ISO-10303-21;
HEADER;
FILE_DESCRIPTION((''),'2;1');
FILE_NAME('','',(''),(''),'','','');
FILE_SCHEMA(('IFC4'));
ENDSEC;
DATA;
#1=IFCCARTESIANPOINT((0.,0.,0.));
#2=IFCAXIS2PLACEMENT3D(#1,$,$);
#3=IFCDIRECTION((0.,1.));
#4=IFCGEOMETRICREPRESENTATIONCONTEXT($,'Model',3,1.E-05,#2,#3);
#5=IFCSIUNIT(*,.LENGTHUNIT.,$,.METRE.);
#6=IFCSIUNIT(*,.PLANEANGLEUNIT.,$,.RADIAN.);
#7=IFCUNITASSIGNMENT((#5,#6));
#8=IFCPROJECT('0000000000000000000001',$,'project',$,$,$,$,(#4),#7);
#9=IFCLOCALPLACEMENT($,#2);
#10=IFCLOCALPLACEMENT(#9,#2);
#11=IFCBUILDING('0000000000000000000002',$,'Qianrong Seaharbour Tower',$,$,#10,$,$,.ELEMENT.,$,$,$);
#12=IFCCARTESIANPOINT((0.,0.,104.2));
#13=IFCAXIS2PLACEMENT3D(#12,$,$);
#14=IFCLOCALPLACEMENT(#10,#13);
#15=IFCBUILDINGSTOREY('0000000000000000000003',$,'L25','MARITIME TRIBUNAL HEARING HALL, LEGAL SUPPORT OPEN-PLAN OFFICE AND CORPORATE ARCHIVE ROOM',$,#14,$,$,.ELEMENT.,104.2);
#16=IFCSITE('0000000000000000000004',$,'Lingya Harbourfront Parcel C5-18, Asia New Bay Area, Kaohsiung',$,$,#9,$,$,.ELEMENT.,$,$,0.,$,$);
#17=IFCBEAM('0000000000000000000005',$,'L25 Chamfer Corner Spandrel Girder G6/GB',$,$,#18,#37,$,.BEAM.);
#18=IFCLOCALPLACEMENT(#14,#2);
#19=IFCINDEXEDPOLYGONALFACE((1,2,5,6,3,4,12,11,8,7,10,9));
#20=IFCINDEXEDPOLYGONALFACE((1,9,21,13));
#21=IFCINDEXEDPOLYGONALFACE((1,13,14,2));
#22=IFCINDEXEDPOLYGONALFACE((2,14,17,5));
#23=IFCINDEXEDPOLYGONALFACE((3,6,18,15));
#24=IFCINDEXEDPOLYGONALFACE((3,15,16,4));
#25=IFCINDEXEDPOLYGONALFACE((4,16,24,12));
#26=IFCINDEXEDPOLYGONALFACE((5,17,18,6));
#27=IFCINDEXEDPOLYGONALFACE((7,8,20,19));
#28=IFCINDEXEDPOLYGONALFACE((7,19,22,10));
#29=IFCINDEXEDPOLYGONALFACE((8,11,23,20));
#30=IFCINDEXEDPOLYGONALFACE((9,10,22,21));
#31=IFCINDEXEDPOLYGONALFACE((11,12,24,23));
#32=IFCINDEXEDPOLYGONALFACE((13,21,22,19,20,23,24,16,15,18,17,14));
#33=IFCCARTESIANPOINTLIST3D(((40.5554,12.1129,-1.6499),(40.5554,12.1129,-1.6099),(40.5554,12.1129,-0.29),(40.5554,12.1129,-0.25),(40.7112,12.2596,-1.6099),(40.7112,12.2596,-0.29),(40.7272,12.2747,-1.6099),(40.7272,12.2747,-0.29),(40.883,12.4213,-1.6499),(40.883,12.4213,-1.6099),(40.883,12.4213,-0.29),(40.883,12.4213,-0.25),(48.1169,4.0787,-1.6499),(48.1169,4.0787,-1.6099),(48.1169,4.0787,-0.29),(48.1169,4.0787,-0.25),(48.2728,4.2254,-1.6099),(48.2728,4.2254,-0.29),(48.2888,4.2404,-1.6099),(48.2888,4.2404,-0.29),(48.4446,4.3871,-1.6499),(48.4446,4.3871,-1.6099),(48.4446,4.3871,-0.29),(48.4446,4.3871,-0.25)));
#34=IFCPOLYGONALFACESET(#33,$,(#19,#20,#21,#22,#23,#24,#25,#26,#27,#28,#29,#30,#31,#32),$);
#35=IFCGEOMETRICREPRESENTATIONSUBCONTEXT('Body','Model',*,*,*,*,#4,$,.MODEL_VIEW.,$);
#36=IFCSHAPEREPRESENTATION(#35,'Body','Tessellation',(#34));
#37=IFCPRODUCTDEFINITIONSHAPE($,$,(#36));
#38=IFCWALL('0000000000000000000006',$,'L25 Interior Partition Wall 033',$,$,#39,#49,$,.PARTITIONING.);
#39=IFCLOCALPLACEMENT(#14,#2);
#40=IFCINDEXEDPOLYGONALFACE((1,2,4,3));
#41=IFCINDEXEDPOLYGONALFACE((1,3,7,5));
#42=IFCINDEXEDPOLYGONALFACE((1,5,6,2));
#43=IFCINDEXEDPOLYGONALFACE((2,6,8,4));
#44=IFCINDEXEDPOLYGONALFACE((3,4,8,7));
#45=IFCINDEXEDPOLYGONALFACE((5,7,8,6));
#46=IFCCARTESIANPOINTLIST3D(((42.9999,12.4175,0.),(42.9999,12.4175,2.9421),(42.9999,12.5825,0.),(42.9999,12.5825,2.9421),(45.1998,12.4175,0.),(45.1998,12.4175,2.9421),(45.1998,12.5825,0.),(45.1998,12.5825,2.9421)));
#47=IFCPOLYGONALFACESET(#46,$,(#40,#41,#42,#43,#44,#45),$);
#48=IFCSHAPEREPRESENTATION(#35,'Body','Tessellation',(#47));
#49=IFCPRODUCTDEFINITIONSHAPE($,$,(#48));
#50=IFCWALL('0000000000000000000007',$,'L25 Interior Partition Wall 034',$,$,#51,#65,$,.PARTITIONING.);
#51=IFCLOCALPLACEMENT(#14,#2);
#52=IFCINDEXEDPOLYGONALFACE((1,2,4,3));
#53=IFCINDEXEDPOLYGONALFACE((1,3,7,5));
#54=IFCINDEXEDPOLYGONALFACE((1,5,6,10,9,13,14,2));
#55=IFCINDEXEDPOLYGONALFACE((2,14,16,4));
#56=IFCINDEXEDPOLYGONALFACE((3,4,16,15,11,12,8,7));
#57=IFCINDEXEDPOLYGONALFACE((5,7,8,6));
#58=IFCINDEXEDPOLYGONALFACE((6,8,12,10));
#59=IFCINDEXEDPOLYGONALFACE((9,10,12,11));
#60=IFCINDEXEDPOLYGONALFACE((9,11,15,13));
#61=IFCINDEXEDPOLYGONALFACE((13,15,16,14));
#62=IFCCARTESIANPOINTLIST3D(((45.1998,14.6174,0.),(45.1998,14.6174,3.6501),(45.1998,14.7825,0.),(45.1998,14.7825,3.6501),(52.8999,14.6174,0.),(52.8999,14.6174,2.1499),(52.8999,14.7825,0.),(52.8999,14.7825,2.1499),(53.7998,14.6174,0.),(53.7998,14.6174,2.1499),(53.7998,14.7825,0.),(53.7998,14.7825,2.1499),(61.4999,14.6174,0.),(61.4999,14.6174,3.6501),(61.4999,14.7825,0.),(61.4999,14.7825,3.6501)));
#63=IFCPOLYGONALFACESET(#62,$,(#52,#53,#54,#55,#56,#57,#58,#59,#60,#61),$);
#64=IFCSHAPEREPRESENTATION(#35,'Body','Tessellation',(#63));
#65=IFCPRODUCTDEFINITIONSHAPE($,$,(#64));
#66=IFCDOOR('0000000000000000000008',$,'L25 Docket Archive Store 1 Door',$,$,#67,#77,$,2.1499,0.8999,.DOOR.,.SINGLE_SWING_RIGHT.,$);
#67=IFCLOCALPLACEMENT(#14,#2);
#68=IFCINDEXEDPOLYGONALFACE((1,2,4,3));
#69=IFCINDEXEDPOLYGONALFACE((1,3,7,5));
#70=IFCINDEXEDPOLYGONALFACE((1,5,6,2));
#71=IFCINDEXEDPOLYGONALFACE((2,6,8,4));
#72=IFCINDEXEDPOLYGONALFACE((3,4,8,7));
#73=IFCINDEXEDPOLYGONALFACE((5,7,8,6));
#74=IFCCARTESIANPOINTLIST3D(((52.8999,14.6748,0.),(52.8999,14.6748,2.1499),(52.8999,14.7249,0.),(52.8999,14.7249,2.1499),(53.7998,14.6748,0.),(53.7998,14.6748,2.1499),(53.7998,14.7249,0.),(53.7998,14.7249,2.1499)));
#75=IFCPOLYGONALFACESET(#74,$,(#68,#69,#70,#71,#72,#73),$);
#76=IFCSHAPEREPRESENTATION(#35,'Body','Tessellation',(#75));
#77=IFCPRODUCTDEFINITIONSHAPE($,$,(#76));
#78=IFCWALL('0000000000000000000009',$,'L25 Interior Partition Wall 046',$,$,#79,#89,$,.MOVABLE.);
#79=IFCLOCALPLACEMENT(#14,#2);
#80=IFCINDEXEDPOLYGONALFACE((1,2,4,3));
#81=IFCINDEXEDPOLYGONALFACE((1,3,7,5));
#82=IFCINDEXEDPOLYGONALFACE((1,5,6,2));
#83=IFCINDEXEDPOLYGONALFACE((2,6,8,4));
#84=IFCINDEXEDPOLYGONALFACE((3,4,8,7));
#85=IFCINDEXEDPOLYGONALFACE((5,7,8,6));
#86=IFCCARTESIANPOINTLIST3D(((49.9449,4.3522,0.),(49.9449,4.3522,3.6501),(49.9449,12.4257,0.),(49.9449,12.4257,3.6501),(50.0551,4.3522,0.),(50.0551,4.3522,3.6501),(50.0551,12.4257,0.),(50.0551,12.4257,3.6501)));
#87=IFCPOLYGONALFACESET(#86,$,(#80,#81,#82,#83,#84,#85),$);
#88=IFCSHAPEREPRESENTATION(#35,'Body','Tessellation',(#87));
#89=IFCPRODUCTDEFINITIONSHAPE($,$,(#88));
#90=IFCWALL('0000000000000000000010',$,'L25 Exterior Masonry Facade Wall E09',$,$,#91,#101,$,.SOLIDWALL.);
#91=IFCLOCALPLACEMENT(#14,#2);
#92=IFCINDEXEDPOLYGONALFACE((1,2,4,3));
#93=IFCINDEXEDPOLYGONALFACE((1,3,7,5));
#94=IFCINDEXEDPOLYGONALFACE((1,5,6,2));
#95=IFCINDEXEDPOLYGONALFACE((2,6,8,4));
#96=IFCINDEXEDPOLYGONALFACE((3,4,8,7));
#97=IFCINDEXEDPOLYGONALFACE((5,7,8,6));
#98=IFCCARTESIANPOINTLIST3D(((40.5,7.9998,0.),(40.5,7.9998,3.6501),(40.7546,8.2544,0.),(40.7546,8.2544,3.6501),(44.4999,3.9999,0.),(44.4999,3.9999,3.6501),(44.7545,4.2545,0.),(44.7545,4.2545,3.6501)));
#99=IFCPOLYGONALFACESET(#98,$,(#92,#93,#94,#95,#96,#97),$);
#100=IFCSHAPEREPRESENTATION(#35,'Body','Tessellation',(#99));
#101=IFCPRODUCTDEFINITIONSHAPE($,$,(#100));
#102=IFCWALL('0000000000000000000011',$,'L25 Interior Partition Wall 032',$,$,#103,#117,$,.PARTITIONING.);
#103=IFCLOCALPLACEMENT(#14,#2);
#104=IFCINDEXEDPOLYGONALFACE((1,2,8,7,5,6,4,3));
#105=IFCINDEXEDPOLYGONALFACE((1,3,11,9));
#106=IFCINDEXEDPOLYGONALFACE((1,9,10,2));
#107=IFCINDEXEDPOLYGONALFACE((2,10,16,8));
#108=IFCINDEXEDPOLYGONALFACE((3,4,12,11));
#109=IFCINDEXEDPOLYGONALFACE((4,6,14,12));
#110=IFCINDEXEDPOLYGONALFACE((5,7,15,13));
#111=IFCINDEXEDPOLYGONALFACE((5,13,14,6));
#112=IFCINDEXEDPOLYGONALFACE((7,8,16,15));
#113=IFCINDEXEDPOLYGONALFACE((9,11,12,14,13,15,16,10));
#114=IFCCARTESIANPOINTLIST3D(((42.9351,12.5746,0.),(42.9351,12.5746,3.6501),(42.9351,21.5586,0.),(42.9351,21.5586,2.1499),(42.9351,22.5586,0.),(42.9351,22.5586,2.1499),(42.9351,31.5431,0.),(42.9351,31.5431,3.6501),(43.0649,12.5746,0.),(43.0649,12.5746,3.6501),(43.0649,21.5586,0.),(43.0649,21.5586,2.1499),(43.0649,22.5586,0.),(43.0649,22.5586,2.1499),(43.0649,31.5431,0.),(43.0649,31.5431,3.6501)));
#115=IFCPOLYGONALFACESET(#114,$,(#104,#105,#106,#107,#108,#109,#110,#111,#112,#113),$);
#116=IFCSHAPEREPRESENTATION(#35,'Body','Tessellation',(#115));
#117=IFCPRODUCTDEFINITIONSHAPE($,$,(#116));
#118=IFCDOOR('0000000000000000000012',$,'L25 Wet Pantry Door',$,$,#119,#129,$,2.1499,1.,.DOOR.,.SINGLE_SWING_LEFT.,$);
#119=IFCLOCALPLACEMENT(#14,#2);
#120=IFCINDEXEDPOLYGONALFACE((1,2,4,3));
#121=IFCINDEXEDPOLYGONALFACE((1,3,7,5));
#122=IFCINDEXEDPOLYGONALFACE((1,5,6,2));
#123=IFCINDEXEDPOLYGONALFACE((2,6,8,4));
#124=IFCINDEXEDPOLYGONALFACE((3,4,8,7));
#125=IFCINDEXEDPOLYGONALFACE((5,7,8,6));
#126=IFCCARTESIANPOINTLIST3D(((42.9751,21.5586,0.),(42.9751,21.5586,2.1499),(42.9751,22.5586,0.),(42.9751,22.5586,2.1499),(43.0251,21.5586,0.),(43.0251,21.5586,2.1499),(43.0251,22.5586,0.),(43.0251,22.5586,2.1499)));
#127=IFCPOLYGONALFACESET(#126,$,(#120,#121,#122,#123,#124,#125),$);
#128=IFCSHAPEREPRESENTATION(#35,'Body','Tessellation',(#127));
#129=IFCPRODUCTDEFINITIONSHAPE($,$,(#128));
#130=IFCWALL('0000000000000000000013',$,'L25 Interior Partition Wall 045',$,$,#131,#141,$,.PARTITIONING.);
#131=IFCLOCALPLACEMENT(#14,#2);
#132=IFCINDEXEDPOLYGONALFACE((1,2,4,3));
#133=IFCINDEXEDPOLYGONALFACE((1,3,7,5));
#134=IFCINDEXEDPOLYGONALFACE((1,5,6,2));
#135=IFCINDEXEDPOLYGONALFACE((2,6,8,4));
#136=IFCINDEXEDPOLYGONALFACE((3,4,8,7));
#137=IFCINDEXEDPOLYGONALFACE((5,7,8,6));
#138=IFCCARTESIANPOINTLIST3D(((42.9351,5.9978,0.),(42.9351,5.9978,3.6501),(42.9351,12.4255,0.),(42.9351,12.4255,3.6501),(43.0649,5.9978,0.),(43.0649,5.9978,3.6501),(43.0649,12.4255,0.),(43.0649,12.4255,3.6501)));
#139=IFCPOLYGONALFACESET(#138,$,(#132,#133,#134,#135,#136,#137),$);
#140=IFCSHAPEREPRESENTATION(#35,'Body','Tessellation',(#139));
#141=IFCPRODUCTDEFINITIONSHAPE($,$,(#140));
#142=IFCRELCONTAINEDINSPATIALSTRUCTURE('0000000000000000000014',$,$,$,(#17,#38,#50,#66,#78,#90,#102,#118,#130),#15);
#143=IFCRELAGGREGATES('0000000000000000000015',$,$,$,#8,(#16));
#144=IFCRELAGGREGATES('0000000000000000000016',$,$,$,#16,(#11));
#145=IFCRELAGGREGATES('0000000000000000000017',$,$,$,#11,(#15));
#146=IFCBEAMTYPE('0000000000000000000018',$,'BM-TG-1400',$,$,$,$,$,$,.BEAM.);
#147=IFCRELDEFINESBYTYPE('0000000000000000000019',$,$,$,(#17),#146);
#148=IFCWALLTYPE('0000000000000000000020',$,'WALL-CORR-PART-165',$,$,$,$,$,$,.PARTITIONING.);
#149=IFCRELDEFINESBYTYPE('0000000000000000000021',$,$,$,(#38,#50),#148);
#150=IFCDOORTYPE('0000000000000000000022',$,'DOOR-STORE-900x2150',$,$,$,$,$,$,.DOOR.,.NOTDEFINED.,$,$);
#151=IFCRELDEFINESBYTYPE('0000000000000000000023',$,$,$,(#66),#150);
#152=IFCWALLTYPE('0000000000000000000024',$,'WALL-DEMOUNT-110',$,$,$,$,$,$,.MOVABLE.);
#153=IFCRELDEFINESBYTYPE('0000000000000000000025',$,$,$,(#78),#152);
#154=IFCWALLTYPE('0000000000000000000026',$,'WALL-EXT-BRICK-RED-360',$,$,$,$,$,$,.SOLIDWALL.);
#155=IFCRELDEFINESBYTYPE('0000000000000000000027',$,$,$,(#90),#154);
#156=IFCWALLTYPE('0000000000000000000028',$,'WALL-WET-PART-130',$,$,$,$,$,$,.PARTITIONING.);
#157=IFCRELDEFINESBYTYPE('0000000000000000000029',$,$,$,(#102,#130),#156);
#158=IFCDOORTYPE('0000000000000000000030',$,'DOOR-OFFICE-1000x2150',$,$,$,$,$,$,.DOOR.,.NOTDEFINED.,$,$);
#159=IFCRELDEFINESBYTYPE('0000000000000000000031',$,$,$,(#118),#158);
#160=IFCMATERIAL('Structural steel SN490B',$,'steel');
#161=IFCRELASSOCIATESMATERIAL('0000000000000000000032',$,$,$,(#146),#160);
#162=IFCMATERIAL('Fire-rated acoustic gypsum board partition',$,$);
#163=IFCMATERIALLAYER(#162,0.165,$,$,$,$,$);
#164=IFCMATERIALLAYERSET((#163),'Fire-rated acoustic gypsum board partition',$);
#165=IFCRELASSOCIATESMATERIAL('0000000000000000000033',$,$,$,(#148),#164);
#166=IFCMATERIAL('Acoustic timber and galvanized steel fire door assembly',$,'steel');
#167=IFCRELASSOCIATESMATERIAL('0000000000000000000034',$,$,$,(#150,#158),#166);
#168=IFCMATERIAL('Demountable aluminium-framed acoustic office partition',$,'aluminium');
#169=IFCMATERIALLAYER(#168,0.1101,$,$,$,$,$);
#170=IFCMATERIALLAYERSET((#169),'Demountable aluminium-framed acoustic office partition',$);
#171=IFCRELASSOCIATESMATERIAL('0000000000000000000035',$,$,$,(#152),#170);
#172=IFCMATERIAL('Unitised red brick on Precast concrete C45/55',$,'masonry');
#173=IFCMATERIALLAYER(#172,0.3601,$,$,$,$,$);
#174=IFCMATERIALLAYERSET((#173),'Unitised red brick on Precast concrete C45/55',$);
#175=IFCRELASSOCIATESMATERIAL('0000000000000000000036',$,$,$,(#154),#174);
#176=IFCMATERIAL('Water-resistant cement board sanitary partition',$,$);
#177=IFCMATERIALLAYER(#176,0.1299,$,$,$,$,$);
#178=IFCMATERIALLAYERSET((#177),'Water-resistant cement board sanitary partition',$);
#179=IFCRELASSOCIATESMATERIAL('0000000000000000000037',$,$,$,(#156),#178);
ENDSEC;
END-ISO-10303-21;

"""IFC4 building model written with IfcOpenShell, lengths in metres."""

from ifc_helpers import new_model, si_unit, direction, frame, frame_2d, origin, origin_2d, place, context, subcontext, project, spatial, rectangle, i_section, extrude, material, layer, layer_set, material_profile, profile_set, type_object, element, fill, save


model = new_model("IFC4")

# Units and contexts
model_context = context("Model", 3, precision=1e-05, world=origin(), true_north=direction((0.0, 1.0)))
body_context = subcontext(model_context, "Body", "Model", "MODEL_VIEW")
ifc_project = project(units=[si_unit("LENGTHUNIT", "METRE"), si_unit("PLANEANGLEUNIT", "RADIAN")], contexts=[model_context])

# Site, building, storey
site_placement = place(None, origin())
site = spatial("IfcSite", under=ifc_project, at=site_placement, Name="Lingya Harbourfront Parcel C5-18, Asia New Bay Area, Kaohsiung", CompositionType="ELEMENT", RefElevation=0.0)
building_placement = place(site_placement, origin())
building = spatial("IfcBuilding", under=site, at=building_placement, Name="Qianrong Seaharbour Tower", CompositionType="ELEMENT")
storey_placement = place(building_placement, frame((0.0, 0.0, 104.2)))
storey = spatial("IfcBuildingStorey", under=building, at=storey_placement, Name="L25", Description="MARITIME TRIBUNAL HEARING HALL, LEGAL SUPPORT OPEN-PLAN OFFICE AND CORPORATE ARCHIVE ROOM", CompositionType="ELEMENT", Elevation=104.2)

# Shared definitions
ifc_material_1 = material(Name="Structural steel SN490B", Category="steel")

# Beam
ifc_material_profile_1 = material_profile(ifc_material_1, i_section(OverallWidth=0.45, OverallDepth=1.3999, WebThickness=0.022, FlangeThickness=0.04, at=origin_2d()), Name="BH1400x450x22x40")
ifc_profile_set_1 = profile_set([ifc_material_profile_1], Name="Structural steel SN490B")
beam_type_1 = type_object("IfcBeamType", Name="BM-TG-1400", PredefinedType="BEAM", material=ifc_profile_set_1)
beam_1_placement = place(storey_placement, frame((48.2808, 4.2329, -0.95), z_axis=(-0.685362, 0.728203, 0.0), x_axis=(-0.728203, -0.685362, 0.0)))
element("IfcBeam", 1, at=beam_1_placement, inside=storey, type_object=beam_type_1, Name="L25 Chamfer Corner Spandrel Girder G6/GB", PredefinedType="BEAM", context=body_context, shape_type="SweptSolid", body=[
    extrude(i_section(OverallWidth=0.45, OverallDepth=1.3999, WebThickness=0.022, FlangeThickness=0.04, at=origin_2d()), origin(), (0.0, 0.0, 1.0), 11.033),
])

# Wall
ifc_material_2 = material(Name="Fire-rated acoustic gypsum board partition")
ifc_layer_1 = layer(ifc_material_2, 0.165)
ifc_layer_set_1 = layer_set([ifc_layer_1], Name="Fire-rated acoustic gypsum board partition")
wall_type_1 = type_object("IfcWallType", Name="WALL-CORR-PART-165", PredefinedType="PARTITIONING", material=ifc_layer_set_1)
wall_1_placement = place(storey_placement, frame((45.2, 12.5, 0.0), z_axis=(0.0, 0.0, 1.0), x_axis=(-1.0, 0.0, 0.0)))
element("IfcWall", 2, at=wall_1_placement, inside=storey, type_object=wall_type_1, Name="L25 Interior Partition Wall 033", PredefinedType="PARTITIONING", context=body_context, shape_type="SweptSolid", body=[
    extrude(rectangle(XDim=2.2, YDim=0.165, at=frame_2d((1.1001, 0.0))), origin(), (0.0, 0.0, 1.0), 2.9421),
])

# Wall, opening, door
wall_2_placement = place(storey_placement, frame((45.2, 14.7, 0.0), z_axis=(0.0, 0.0, 1.0), x_axis=(1.0, 0.0, 0.0)))
wall_2 = element("IfcWall", 3, at=wall_2_placement, inside=storey, type_object=wall_type_1, Name="L25 Interior Partition Wall 034", PredefinedType="PARTITIONING", context=body_context, shape_type="SweptSolid", body=[
    extrude(rectangle(XDim=16.3, YDim=0.165, at=frame_2d((8.1499, 0.0))), origin(), (0.0, 0.0, 1.0), 3.6501),
])
opening_1_placement = place(wall_2_placement, frame((7.7, 0.0, 0.0)))
opening_1 = element("IfcOpeningElement", 4, at=opening_1_placement, cuts=wall_2, PredefinedType="OPENING", context=body_context, shape_type="SweptSolid", body=[
    extrude(rectangle(XDim=0.8999, YDim=2.1499, at=frame_2d((0.45, 1.075))), frame((0.0, 0.0925, 0.0), z_axis=(0.0, -1.0, 0.0), x_axis=(1.0, 0.0, 0.0)), (0.0, 0.0, 1.0), 0.1851),
])
ifc_material_3 = material(Name="Acoustic timber and galvanized steel fire door assembly", Category="steel")
door_type_1 = type_object("IfcDoorType", Name="DOOR-STORE-900x2150", OperationType="NOTDEFINED", PredefinedType="DOOR", material=ifc_material_3)
door_1_placement = place(opening_1_placement, origin())
door_1 = element("IfcDoor", 5, at=door_1_placement, inside=storey, type_object=door_type_1, Name="L25 Docket Archive Store 1 Door", OperationType="SINGLE_SWING_RIGHT", OverallHeight=2.1499, OverallWidth=0.8999, PredefinedType="DOOR", context=body_context, shape_type="SweptSolid", body=[
    extrude(rectangle(XDim=0.8999, YDim=2.1499, at=frame_2d((0.45, 1.075))), frame((0.0, 0.0249, 0.0), z_axis=(0.0, -1.0, 0.0), x_axis=(1.0, 0.0, 0.0)), (0.0, 0.0, 1.0), 0.05),
])
fill(opening_1, door_1)

# Walls
ifc_material_4 = material(Name="Demountable aluminium-framed acoustic office partition", Category="aluminium")
ifc_layer_2 = layer(ifc_material_4, 0.1101)
ifc_layer_set_2 = layer_set([ifc_layer_2], Name="Demountable aluminium-framed acoustic office partition")
wall_type_2 = type_object("IfcWallType", Name="WALL-DEMOUNT-110", PredefinedType="MOVABLE", material=ifc_layer_set_2)
wall_3_placement = place(storey_placement, frame((50.0, 12.4255, 0.0), z_axis=(0.0, 0.0, 1.0), x_axis=(0.0, -1.0, 0.0)))
element("IfcWall", 6, at=wall_3_placement, inside=storey, type_object=wall_type_2, Name="L25 Interior Partition Wall 046", PredefinedType="MOVABLE", context=body_context, shape_type="SweptSolid", body=[
    extrude(rectangle(XDim=8.0735, YDim=0.1101, at=frame_2d((4.0366, 0.0))), origin(), (0.0, 0.0, 1.0), 3.6501),
])
ifc_material_5 = material(Name="Unitised red brick on Precast concrete C45/55", Category="masonry")
ifc_layer_3 = layer(ifc_material_5, 0.3601)
ifc_layer_set_3 = layer_set([ifc_layer_3], Name="Unitised red brick on Precast concrete C45/55")
wall_type_3 = type_object("IfcWallType", Name="WALL-EXT-BRICK-RED-360", PredefinedType="SOLIDWALL", material=ifc_layer_set_3)
wall_4_placement = place(storey_placement, frame((44.6272, 4.1272, 0.0), z_axis=(0.0, 0.0, 1.0), x_axis=(-0.707107, 0.707107, 0.0)))
element("IfcWall", 7, at=wall_4_placement, inside=storey, type_object=wall_type_3, Name="L25 Exterior Masonry Facade Wall E09", PredefinedType="SOLIDWALL", context=body_context, shape_type="SweptSolid", body=[
    extrude(rectangle(XDim=5.6567, YDim=0.3601, at=frame_2d((2.8284, 0.0))), origin(), (0.0, 0.0, 1.0), 3.6501),
])

# Wall, opening, door
ifc_material_6 = material(Name="Water-resistant cement board sanitary partition")
ifc_layer_4 = layer(ifc_material_6, 0.1299)
ifc_layer_set_4 = layer_set([ifc_layer_4], Name="Water-resistant cement board sanitary partition")
wall_type_4 = type_object("IfcWallType", Name="WALL-WET-PART-130", PredefinedType="PARTITIONING", material=ifc_layer_set_4)
wall_5_placement = place(storey_placement, frame((43.0, 12.5745, 0.0), z_axis=(0.0, 0.0, 1.0), x_axis=(0.0, 1.0, 0.0)))
wall_5 = element("IfcWall", 8, at=wall_5_placement, inside=storey, type_object=wall_type_4, Name="L25 Interior Partition Wall 032", PredefinedType="PARTITIONING", context=body_context, shape_type="SweptSolid", body=[
    extrude(rectangle(XDim=18.9685, YDim=0.1299, at=frame_2d((9.4844, 0.0))), origin(), (0.0, 0.0, 1.0), 3.6501),
])
opening_2_placement = place(wall_5_placement, frame((8.9841, 0.0, 0.0)))
opening_2 = element("IfcOpeningElement", 9, at=opening_2_placement, cuts=wall_5, PredefinedType="OPENING", context=body_context, shape_type="SweptSolid", body=[
    extrude(rectangle(XDim=1.0, YDim=2.1499, at=frame_2d((0.5, 1.075))), frame((0.0, 0.075, 0.0), z_axis=(0.0, -1.0, 0.0), x_axis=(1.0, 0.0, 0.0)), (0.0, 0.0, 1.0), 0.1499),
])
door_type_2 = type_object("IfcDoorType", Name="DOOR-OFFICE-1000x2150", OperationType="NOTDEFINED", PredefinedType="DOOR", material=ifc_material_3)
door_2_placement = place(opening_2_placement, origin())
door_2 = element("IfcDoor", 10, at=door_2_placement, inside=storey, type_object=door_type_2, Name="L25 Wet Pantry Door", OperationType="SINGLE_SWING_LEFT", OverallHeight=2.1499, OverallWidth=1.0, PredefinedType="DOOR", context=body_context, shape_type="SweptSolid", body=[
    extrude(rectangle(XDim=1.0, YDim=2.1499, at=frame_2d((0.5, 1.075))), frame((0.0, 0.0249, 0.0), z_axis=(0.0, -1.0, 0.0), x_axis=(1.0, 0.0, 0.0)), (0.0, 0.0, 1.0), 0.05),
])
fill(opening_2, door_2)

# Wall
wall_6_placement = place(storey_placement, frame((43.0, 12.4255, 0.0), z_axis=(0.0, 0.0, 1.0), x_axis=(0.0, -1.0, 0.0)))
element("IfcWall", 11, at=wall_6_placement, inside=storey, type_object=wall_type_4, Name="L25 Interior Partition Wall 045", PredefinedType="PARTITIONING", context=body_context, shape_type="SweptSolid", body=[
    extrude(rectangle(XDim=6.4277, YDim=0.1299, at=frame_2d((3.2139, 0.0))), origin(), (0.0, 0.0, 1.0), 3.6501),
])

save(model, "model.ifc")
